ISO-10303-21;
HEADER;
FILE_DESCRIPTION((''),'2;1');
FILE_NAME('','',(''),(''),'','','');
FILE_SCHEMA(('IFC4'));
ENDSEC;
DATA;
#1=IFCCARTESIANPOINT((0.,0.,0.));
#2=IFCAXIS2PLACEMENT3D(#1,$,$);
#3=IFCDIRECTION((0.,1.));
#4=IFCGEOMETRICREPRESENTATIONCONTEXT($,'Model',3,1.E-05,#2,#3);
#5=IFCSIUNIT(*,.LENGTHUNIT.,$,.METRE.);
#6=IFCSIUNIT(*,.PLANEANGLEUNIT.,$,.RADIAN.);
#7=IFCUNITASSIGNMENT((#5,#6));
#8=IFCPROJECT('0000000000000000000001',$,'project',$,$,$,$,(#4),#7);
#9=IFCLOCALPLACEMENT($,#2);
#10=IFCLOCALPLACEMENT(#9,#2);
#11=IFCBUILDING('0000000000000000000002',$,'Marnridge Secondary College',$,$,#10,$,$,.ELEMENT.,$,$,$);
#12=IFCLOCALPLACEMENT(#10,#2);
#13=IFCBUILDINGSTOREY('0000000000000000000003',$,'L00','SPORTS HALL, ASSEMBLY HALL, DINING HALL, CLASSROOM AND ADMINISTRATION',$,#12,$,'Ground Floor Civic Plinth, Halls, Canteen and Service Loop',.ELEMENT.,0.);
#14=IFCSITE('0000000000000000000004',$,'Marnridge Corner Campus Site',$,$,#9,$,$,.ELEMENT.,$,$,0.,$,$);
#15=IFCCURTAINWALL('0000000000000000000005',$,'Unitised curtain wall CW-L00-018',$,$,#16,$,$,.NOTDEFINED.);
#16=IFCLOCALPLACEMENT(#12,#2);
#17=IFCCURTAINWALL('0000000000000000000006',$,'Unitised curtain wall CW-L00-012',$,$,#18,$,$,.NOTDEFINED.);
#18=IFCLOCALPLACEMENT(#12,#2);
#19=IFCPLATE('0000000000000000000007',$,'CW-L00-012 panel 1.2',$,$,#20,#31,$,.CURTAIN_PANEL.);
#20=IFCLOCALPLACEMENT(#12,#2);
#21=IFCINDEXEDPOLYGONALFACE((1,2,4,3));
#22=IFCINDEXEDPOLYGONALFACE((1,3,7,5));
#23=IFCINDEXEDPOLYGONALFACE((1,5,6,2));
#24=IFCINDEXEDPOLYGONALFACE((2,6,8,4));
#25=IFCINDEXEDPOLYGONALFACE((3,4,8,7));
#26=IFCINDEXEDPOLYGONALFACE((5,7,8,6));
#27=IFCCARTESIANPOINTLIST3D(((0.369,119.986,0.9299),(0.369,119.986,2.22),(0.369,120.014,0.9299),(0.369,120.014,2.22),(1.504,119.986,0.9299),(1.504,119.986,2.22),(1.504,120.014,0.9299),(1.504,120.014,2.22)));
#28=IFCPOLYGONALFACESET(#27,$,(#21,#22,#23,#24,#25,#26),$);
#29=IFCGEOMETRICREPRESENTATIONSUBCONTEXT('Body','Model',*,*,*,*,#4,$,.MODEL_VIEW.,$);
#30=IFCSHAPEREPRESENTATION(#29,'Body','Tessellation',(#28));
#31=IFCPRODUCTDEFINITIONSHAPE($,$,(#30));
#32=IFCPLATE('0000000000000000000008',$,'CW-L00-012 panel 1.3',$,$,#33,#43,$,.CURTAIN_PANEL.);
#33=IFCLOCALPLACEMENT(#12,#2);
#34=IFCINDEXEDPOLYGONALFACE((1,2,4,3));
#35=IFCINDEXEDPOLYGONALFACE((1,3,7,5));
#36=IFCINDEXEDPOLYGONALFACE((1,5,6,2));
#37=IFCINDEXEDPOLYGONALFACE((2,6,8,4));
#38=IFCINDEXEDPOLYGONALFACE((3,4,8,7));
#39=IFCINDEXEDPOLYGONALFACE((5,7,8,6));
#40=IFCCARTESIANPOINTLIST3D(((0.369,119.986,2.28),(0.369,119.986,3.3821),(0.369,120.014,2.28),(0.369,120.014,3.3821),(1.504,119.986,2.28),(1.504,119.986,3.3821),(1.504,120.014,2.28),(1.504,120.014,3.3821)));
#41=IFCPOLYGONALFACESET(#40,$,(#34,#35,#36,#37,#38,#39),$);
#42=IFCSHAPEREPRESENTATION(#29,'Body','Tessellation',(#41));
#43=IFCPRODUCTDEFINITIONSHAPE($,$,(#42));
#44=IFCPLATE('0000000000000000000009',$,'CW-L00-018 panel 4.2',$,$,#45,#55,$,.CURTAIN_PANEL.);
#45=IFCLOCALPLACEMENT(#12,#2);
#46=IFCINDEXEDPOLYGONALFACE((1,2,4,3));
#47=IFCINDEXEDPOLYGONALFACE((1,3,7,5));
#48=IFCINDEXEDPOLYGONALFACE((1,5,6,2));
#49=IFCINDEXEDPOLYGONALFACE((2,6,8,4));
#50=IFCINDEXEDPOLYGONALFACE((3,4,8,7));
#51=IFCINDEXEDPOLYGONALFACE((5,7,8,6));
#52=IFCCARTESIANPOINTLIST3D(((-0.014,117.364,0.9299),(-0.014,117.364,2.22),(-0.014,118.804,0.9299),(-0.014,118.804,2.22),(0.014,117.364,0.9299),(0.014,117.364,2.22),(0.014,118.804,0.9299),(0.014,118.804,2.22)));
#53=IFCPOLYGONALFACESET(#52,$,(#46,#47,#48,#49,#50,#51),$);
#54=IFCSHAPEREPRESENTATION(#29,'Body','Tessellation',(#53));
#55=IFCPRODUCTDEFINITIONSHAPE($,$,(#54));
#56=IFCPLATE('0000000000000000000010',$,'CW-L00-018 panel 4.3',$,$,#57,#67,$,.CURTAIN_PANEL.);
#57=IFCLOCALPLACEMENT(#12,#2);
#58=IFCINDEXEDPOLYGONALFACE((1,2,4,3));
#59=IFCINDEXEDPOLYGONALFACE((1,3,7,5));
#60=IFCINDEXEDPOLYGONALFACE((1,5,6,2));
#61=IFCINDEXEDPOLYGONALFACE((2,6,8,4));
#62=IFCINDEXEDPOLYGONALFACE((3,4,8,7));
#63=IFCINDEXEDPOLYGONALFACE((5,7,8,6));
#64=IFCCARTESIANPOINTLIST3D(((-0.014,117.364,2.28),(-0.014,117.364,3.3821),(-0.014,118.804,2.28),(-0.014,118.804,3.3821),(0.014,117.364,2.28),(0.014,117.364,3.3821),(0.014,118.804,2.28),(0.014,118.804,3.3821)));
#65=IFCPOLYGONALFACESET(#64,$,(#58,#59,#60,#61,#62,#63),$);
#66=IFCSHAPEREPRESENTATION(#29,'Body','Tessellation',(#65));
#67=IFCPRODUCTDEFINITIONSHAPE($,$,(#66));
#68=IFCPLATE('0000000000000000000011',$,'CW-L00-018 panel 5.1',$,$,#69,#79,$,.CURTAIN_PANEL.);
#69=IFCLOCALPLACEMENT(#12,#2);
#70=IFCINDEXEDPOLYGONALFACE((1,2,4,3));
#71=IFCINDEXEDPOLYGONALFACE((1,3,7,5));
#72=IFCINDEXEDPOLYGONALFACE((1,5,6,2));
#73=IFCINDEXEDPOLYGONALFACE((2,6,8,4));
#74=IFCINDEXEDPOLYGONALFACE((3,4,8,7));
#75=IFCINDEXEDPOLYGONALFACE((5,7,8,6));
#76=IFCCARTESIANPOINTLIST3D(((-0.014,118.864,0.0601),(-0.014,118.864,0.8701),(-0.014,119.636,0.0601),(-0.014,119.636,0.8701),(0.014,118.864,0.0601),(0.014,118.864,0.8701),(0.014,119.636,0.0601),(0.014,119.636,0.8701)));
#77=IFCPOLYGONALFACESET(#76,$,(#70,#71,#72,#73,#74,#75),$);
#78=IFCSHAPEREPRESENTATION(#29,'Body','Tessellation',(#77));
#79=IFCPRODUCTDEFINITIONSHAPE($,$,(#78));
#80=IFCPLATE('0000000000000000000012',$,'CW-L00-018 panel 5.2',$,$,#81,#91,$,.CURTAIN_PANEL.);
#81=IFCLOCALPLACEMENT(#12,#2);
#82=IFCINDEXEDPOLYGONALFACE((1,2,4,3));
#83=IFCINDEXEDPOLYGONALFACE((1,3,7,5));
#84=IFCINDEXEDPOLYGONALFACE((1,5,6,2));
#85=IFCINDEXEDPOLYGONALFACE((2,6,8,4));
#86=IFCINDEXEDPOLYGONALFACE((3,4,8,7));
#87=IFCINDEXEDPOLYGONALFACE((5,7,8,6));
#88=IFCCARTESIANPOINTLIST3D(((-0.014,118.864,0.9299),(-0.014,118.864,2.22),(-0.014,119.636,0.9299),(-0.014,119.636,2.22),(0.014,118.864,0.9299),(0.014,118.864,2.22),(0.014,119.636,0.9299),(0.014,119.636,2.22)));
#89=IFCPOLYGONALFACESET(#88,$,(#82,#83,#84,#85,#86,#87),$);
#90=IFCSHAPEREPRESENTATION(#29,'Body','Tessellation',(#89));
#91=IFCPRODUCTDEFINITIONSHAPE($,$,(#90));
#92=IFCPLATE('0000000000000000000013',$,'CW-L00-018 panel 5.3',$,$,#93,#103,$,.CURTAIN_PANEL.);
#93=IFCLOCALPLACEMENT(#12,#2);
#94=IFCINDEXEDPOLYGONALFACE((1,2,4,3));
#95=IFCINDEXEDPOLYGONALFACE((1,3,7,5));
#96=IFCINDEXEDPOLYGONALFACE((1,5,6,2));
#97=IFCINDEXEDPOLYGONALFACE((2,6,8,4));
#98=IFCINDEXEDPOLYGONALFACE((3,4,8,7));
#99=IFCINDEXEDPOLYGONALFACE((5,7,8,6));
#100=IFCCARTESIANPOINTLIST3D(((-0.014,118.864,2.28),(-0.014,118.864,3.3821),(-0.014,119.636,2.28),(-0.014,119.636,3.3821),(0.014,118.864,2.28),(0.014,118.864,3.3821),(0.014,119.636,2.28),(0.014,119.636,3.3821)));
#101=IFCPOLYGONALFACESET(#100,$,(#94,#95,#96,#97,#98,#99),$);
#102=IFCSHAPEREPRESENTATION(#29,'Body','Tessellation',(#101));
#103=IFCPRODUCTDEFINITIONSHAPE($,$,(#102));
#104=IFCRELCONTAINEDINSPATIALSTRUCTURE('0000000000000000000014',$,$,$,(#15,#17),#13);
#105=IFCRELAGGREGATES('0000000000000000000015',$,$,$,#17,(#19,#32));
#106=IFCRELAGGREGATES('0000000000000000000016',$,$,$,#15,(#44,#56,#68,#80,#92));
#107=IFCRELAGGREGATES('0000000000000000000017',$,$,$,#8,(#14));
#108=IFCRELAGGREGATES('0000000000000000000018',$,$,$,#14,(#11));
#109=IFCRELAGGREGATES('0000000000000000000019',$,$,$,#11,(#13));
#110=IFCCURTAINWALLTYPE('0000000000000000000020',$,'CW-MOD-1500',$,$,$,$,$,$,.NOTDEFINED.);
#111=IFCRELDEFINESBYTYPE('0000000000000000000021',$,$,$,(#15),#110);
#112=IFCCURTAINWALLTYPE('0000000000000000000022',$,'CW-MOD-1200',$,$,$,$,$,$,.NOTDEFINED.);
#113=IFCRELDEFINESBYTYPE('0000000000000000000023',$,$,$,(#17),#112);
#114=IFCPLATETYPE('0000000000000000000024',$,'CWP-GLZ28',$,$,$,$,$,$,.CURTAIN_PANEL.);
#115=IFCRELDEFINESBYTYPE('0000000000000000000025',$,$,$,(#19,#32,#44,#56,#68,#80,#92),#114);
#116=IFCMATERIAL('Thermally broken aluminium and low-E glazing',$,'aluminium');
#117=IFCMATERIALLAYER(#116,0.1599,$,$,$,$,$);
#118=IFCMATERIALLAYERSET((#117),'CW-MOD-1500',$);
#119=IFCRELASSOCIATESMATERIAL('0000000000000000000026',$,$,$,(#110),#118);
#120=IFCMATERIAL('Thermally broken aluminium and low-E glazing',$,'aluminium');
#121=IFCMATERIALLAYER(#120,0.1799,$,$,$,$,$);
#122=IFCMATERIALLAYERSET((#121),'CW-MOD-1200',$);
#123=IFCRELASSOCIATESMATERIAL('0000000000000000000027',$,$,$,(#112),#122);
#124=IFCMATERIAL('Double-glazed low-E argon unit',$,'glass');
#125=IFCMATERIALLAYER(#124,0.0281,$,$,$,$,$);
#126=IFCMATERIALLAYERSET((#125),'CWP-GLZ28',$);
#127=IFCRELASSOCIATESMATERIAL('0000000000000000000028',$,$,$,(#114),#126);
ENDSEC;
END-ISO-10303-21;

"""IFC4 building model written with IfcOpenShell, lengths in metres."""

from ifc_helpers import new_model, si_unit, direction, frame, origin, origin_2d, place, context, subcontext, project, spatial, rectangle, extrude, material, layer, layer_set, type_object, element, aggregate, save


model = new_model("IFC4")

# Units and contexts
model_context = context("Model", 3, precision=1e-05, world=origin(), true_north=direction((0.0, 1.0)))
body_context = subcontext(model_context, "Body", "Model", "MODEL_VIEW")
ifc_project = project(units=[si_unit("LENGTHUNIT", "METRE"), si_unit("PLANEANGLEUNIT", "RADIAN")], contexts=[model_context])

# Site, building, storey
site_placement = place(None, origin())
site = spatial("IfcSite", under=ifc_project, at=site_placement, Name="Marnridge Corner Campus Site", CompositionType="ELEMENT", RefElevation=0.0)
building_placement = place(site_placement, origin())
building = spatial("IfcBuilding", under=site, at=building_placement, Name="Marnridge Secondary College", CompositionType="ELEMENT")
storey_placement = place(building_placement, origin())
storey = spatial("IfcBuildingStorey", under=building, at=storey_placement, Name="L00", Description="SPORTS HALL, ASSEMBLY HALL, DINING HALL, CLASSROOM AND ADMINISTRATION", LongName="Ground Floor Civic Plinth, Halls, Canteen and Service Loop", CompositionType="ELEMENT", Elevation=0.0)

# Curtain walls
ifc_material_1 = material(Name="Thermally broken aluminium and low-E glazing", Category="aluminium")
ifc_layer_1 = layer(ifc_material_1, 0.1599)
ifc_layer_set_1 = layer_set([ifc_layer_1], Name="CW-MOD-1500")
curtain_wall_type_1 = type_object("IfcCurtainWallType", Name="CW-MOD-1500", PredefinedType="NOTDEFINED", material=ifc_layer_set_1)
curtain_wall_1_placement = place(storey_placement, origin())
curtain_wall_1 = element("IfcCurtainWall", 1, at=curtain_wall_1_placement, inside=storey, type_object=curtain_wall_type_1, Name="Unitised curtain wall CW-L00-018", PredefinedType="NOTDEFINED")
ifc_material_2 = material(Name="Thermally broken aluminium and low-E glazing", Category="aluminium")
ifc_layer_2 = layer(ifc_material_2, 0.1799)
ifc_layer_set_2 = layer_set([ifc_layer_2], Name="CW-MOD-1200")
curtain_wall_type_2 = type_object("IfcCurtainWallType", Name="CW-MOD-1200", PredefinedType="NOTDEFINED", material=ifc_layer_set_2)
curtain_wall_2_placement = place(storey_placement, origin())
curtain_wall_2 = element("IfcCurtainWall", 2, at=curtain_wall_2_placement, inside=storey, type_object=curtain_wall_type_2, Name="Unitised curtain wall CW-L00-012", PredefinedType="NOTDEFINED")

# Plates
ifc_material_3 = material(Name="Double-glazed low-E argon unit", Category="glass")
ifc_layer_3 = layer(ifc_material_3, 0.0281)
ifc_layer_set_3 = layer_set([ifc_layer_3], Name="CWP-GLZ28")
plate_type = type_object("IfcPlateType", Name="CWP-GLZ28", PredefinedType="CURTAIN_PANEL", material=ifc_layer_set_3)
plate_1_placement = place(storey_placement, frame((0.9365, 120.0, 0.9299), z_axis=(0.0, 0.0, 1.0), x_axis=(1.0, 0.0, 0.0)))
plate_1 = element("IfcPlate", 3, at=plate_1_placement, type_object=plate_type, Name="CW-L00-012 panel 1.2", PredefinedType="CURTAIN_PANEL", context=body_context, shape_type="SweptSolid", body=[
    extrude(rectangle(XDim=1.135, YDim=0.0281, at=origin_2d()), origin(), (0.0, 0.0, 1.0), 1.29),
])
plate_2_placement = place(storey_placement, frame((0.9365, 120.0, 2.28), z_axis=(0.0, 0.0, 1.0), x_axis=(1.0, 0.0, 0.0)))
plate_2 = element("IfcPlate", 4, at=plate_2_placement, type_object=plate_type, Name="CW-L00-012 panel 1.3", PredefinedType="CURTAIN_PANEL", context=body_context, shape_type="SweptSolid", body=[
    extrude(rectangle(XDim=1.135, YDim=0.0281, at=origin_2d()), origin(), (0.0, 0.0, 1.0), 1.1021),
])
aggregate(curtain_wall_2, [plate_1, plate_2])
plate_3_placement = place(storey_placement, frame((0.0, 118.084, 0.9299), z_axis=(0.0, 0.0, 1.0), x_axis=(0.0, 1.0, 0.0)))
plate_3 = element("IfcPlate", 5, at=plate_3_placement, type_object=plate_type, Name="CW-L00-018 panel 4.2", PredefinedType="CURTAIN_PANEL", context=body_context, shape_type="SweptSolid", body=[
    extrude(rectangle(XDim=1.4399, YDim=0.0281, at=origin_2d()), origin(), (0.0, 0.0, 1.0), 1.29),
])
plate_4_placement = place(storey_placement, frame((0.0, 118.084, 2.28), z_axis=(0.0, 0.0, 1.0), x_axis=(0.0, 1.0, 0.0)))
plate_4 = element("IfcPlate", 6, at=plate_4_placement, type_object=plate_type, Name="CW-L00-018 panel 4.3", PredefinedType="CURTAIN_PANEL", context=body_context, shape_type="SweptSolid", body=[
    extrude(rectangle(XDim=1.4399, YDim=0.0281, at=origin_2d()), origin(), (0.0, 0.0, 1.0), 1.1021),
])
plate_5_placement = place(storey_placement, frame((0.0, 119.25, 0.0601), z_axis=(0.0, 0.0, 1.0), x_axis=(0.0, 1.0, 0.0)))
plate_5 = element("IfcPlate", 7, at=plate_5_placement, type_object=plate_type, Name="CW-L00-018 panel 5.1", PredefinedType="CURTAIN_PANEL", context=body_context, shape_type="SweptSolid", body=[
    extrude(rectangle(XDim=0.772, YDim=0.0281, at=origin_2d()), origin(), (0.0, 0.0, 1.0), 0.8101),
])
plate_6_placement = place(storey_placement, frame((0.0, 119.25, 0.9299), z_axis=(0.0, 0.0, 1.0), x_axis=(0.0, 1.0, 0.0)))
plate_6 = element("IfcPlate", 8, at=plate_6_placement, type_object=plate_type, Name="CW-L00-018 panel 5.2", PredefinedType="CURTAIN_PANEL", context=body_context, shape_type="SweptSolid", body=[
    extrude(rectangle(XDim=0.772, YDim=0.0281, at=origin_2d()), origin(), (0.0, 0.0, 1.0), 1.29),
])
plate_7_placement = place(storey_placement, frame((0.0, 119.25, 2.28), z_axis=(0.0, 0.0, 1.0), x_axis=(0.0, 1.0, 0.0)))
plate_7 = element("IfcPlate", 9, at=plate_7_placement, type_object=plate_type, Name="CW-L00-018 panel 5.3", PredefinedType="CURTAIN_PANEL", context=body_context, shape_type="SweptSolid", body=[
    extrude(rectangle(XDim=0.772, YDim=0.0281, at=origin_2d()), origin(), (0.0, 0.0, 1.0), 1.1021),
])
aggregate(curtain_wall_1, [plate_3, plate_4, plate_5, plate_6, plate_7])

save(model, "model.ifc")
